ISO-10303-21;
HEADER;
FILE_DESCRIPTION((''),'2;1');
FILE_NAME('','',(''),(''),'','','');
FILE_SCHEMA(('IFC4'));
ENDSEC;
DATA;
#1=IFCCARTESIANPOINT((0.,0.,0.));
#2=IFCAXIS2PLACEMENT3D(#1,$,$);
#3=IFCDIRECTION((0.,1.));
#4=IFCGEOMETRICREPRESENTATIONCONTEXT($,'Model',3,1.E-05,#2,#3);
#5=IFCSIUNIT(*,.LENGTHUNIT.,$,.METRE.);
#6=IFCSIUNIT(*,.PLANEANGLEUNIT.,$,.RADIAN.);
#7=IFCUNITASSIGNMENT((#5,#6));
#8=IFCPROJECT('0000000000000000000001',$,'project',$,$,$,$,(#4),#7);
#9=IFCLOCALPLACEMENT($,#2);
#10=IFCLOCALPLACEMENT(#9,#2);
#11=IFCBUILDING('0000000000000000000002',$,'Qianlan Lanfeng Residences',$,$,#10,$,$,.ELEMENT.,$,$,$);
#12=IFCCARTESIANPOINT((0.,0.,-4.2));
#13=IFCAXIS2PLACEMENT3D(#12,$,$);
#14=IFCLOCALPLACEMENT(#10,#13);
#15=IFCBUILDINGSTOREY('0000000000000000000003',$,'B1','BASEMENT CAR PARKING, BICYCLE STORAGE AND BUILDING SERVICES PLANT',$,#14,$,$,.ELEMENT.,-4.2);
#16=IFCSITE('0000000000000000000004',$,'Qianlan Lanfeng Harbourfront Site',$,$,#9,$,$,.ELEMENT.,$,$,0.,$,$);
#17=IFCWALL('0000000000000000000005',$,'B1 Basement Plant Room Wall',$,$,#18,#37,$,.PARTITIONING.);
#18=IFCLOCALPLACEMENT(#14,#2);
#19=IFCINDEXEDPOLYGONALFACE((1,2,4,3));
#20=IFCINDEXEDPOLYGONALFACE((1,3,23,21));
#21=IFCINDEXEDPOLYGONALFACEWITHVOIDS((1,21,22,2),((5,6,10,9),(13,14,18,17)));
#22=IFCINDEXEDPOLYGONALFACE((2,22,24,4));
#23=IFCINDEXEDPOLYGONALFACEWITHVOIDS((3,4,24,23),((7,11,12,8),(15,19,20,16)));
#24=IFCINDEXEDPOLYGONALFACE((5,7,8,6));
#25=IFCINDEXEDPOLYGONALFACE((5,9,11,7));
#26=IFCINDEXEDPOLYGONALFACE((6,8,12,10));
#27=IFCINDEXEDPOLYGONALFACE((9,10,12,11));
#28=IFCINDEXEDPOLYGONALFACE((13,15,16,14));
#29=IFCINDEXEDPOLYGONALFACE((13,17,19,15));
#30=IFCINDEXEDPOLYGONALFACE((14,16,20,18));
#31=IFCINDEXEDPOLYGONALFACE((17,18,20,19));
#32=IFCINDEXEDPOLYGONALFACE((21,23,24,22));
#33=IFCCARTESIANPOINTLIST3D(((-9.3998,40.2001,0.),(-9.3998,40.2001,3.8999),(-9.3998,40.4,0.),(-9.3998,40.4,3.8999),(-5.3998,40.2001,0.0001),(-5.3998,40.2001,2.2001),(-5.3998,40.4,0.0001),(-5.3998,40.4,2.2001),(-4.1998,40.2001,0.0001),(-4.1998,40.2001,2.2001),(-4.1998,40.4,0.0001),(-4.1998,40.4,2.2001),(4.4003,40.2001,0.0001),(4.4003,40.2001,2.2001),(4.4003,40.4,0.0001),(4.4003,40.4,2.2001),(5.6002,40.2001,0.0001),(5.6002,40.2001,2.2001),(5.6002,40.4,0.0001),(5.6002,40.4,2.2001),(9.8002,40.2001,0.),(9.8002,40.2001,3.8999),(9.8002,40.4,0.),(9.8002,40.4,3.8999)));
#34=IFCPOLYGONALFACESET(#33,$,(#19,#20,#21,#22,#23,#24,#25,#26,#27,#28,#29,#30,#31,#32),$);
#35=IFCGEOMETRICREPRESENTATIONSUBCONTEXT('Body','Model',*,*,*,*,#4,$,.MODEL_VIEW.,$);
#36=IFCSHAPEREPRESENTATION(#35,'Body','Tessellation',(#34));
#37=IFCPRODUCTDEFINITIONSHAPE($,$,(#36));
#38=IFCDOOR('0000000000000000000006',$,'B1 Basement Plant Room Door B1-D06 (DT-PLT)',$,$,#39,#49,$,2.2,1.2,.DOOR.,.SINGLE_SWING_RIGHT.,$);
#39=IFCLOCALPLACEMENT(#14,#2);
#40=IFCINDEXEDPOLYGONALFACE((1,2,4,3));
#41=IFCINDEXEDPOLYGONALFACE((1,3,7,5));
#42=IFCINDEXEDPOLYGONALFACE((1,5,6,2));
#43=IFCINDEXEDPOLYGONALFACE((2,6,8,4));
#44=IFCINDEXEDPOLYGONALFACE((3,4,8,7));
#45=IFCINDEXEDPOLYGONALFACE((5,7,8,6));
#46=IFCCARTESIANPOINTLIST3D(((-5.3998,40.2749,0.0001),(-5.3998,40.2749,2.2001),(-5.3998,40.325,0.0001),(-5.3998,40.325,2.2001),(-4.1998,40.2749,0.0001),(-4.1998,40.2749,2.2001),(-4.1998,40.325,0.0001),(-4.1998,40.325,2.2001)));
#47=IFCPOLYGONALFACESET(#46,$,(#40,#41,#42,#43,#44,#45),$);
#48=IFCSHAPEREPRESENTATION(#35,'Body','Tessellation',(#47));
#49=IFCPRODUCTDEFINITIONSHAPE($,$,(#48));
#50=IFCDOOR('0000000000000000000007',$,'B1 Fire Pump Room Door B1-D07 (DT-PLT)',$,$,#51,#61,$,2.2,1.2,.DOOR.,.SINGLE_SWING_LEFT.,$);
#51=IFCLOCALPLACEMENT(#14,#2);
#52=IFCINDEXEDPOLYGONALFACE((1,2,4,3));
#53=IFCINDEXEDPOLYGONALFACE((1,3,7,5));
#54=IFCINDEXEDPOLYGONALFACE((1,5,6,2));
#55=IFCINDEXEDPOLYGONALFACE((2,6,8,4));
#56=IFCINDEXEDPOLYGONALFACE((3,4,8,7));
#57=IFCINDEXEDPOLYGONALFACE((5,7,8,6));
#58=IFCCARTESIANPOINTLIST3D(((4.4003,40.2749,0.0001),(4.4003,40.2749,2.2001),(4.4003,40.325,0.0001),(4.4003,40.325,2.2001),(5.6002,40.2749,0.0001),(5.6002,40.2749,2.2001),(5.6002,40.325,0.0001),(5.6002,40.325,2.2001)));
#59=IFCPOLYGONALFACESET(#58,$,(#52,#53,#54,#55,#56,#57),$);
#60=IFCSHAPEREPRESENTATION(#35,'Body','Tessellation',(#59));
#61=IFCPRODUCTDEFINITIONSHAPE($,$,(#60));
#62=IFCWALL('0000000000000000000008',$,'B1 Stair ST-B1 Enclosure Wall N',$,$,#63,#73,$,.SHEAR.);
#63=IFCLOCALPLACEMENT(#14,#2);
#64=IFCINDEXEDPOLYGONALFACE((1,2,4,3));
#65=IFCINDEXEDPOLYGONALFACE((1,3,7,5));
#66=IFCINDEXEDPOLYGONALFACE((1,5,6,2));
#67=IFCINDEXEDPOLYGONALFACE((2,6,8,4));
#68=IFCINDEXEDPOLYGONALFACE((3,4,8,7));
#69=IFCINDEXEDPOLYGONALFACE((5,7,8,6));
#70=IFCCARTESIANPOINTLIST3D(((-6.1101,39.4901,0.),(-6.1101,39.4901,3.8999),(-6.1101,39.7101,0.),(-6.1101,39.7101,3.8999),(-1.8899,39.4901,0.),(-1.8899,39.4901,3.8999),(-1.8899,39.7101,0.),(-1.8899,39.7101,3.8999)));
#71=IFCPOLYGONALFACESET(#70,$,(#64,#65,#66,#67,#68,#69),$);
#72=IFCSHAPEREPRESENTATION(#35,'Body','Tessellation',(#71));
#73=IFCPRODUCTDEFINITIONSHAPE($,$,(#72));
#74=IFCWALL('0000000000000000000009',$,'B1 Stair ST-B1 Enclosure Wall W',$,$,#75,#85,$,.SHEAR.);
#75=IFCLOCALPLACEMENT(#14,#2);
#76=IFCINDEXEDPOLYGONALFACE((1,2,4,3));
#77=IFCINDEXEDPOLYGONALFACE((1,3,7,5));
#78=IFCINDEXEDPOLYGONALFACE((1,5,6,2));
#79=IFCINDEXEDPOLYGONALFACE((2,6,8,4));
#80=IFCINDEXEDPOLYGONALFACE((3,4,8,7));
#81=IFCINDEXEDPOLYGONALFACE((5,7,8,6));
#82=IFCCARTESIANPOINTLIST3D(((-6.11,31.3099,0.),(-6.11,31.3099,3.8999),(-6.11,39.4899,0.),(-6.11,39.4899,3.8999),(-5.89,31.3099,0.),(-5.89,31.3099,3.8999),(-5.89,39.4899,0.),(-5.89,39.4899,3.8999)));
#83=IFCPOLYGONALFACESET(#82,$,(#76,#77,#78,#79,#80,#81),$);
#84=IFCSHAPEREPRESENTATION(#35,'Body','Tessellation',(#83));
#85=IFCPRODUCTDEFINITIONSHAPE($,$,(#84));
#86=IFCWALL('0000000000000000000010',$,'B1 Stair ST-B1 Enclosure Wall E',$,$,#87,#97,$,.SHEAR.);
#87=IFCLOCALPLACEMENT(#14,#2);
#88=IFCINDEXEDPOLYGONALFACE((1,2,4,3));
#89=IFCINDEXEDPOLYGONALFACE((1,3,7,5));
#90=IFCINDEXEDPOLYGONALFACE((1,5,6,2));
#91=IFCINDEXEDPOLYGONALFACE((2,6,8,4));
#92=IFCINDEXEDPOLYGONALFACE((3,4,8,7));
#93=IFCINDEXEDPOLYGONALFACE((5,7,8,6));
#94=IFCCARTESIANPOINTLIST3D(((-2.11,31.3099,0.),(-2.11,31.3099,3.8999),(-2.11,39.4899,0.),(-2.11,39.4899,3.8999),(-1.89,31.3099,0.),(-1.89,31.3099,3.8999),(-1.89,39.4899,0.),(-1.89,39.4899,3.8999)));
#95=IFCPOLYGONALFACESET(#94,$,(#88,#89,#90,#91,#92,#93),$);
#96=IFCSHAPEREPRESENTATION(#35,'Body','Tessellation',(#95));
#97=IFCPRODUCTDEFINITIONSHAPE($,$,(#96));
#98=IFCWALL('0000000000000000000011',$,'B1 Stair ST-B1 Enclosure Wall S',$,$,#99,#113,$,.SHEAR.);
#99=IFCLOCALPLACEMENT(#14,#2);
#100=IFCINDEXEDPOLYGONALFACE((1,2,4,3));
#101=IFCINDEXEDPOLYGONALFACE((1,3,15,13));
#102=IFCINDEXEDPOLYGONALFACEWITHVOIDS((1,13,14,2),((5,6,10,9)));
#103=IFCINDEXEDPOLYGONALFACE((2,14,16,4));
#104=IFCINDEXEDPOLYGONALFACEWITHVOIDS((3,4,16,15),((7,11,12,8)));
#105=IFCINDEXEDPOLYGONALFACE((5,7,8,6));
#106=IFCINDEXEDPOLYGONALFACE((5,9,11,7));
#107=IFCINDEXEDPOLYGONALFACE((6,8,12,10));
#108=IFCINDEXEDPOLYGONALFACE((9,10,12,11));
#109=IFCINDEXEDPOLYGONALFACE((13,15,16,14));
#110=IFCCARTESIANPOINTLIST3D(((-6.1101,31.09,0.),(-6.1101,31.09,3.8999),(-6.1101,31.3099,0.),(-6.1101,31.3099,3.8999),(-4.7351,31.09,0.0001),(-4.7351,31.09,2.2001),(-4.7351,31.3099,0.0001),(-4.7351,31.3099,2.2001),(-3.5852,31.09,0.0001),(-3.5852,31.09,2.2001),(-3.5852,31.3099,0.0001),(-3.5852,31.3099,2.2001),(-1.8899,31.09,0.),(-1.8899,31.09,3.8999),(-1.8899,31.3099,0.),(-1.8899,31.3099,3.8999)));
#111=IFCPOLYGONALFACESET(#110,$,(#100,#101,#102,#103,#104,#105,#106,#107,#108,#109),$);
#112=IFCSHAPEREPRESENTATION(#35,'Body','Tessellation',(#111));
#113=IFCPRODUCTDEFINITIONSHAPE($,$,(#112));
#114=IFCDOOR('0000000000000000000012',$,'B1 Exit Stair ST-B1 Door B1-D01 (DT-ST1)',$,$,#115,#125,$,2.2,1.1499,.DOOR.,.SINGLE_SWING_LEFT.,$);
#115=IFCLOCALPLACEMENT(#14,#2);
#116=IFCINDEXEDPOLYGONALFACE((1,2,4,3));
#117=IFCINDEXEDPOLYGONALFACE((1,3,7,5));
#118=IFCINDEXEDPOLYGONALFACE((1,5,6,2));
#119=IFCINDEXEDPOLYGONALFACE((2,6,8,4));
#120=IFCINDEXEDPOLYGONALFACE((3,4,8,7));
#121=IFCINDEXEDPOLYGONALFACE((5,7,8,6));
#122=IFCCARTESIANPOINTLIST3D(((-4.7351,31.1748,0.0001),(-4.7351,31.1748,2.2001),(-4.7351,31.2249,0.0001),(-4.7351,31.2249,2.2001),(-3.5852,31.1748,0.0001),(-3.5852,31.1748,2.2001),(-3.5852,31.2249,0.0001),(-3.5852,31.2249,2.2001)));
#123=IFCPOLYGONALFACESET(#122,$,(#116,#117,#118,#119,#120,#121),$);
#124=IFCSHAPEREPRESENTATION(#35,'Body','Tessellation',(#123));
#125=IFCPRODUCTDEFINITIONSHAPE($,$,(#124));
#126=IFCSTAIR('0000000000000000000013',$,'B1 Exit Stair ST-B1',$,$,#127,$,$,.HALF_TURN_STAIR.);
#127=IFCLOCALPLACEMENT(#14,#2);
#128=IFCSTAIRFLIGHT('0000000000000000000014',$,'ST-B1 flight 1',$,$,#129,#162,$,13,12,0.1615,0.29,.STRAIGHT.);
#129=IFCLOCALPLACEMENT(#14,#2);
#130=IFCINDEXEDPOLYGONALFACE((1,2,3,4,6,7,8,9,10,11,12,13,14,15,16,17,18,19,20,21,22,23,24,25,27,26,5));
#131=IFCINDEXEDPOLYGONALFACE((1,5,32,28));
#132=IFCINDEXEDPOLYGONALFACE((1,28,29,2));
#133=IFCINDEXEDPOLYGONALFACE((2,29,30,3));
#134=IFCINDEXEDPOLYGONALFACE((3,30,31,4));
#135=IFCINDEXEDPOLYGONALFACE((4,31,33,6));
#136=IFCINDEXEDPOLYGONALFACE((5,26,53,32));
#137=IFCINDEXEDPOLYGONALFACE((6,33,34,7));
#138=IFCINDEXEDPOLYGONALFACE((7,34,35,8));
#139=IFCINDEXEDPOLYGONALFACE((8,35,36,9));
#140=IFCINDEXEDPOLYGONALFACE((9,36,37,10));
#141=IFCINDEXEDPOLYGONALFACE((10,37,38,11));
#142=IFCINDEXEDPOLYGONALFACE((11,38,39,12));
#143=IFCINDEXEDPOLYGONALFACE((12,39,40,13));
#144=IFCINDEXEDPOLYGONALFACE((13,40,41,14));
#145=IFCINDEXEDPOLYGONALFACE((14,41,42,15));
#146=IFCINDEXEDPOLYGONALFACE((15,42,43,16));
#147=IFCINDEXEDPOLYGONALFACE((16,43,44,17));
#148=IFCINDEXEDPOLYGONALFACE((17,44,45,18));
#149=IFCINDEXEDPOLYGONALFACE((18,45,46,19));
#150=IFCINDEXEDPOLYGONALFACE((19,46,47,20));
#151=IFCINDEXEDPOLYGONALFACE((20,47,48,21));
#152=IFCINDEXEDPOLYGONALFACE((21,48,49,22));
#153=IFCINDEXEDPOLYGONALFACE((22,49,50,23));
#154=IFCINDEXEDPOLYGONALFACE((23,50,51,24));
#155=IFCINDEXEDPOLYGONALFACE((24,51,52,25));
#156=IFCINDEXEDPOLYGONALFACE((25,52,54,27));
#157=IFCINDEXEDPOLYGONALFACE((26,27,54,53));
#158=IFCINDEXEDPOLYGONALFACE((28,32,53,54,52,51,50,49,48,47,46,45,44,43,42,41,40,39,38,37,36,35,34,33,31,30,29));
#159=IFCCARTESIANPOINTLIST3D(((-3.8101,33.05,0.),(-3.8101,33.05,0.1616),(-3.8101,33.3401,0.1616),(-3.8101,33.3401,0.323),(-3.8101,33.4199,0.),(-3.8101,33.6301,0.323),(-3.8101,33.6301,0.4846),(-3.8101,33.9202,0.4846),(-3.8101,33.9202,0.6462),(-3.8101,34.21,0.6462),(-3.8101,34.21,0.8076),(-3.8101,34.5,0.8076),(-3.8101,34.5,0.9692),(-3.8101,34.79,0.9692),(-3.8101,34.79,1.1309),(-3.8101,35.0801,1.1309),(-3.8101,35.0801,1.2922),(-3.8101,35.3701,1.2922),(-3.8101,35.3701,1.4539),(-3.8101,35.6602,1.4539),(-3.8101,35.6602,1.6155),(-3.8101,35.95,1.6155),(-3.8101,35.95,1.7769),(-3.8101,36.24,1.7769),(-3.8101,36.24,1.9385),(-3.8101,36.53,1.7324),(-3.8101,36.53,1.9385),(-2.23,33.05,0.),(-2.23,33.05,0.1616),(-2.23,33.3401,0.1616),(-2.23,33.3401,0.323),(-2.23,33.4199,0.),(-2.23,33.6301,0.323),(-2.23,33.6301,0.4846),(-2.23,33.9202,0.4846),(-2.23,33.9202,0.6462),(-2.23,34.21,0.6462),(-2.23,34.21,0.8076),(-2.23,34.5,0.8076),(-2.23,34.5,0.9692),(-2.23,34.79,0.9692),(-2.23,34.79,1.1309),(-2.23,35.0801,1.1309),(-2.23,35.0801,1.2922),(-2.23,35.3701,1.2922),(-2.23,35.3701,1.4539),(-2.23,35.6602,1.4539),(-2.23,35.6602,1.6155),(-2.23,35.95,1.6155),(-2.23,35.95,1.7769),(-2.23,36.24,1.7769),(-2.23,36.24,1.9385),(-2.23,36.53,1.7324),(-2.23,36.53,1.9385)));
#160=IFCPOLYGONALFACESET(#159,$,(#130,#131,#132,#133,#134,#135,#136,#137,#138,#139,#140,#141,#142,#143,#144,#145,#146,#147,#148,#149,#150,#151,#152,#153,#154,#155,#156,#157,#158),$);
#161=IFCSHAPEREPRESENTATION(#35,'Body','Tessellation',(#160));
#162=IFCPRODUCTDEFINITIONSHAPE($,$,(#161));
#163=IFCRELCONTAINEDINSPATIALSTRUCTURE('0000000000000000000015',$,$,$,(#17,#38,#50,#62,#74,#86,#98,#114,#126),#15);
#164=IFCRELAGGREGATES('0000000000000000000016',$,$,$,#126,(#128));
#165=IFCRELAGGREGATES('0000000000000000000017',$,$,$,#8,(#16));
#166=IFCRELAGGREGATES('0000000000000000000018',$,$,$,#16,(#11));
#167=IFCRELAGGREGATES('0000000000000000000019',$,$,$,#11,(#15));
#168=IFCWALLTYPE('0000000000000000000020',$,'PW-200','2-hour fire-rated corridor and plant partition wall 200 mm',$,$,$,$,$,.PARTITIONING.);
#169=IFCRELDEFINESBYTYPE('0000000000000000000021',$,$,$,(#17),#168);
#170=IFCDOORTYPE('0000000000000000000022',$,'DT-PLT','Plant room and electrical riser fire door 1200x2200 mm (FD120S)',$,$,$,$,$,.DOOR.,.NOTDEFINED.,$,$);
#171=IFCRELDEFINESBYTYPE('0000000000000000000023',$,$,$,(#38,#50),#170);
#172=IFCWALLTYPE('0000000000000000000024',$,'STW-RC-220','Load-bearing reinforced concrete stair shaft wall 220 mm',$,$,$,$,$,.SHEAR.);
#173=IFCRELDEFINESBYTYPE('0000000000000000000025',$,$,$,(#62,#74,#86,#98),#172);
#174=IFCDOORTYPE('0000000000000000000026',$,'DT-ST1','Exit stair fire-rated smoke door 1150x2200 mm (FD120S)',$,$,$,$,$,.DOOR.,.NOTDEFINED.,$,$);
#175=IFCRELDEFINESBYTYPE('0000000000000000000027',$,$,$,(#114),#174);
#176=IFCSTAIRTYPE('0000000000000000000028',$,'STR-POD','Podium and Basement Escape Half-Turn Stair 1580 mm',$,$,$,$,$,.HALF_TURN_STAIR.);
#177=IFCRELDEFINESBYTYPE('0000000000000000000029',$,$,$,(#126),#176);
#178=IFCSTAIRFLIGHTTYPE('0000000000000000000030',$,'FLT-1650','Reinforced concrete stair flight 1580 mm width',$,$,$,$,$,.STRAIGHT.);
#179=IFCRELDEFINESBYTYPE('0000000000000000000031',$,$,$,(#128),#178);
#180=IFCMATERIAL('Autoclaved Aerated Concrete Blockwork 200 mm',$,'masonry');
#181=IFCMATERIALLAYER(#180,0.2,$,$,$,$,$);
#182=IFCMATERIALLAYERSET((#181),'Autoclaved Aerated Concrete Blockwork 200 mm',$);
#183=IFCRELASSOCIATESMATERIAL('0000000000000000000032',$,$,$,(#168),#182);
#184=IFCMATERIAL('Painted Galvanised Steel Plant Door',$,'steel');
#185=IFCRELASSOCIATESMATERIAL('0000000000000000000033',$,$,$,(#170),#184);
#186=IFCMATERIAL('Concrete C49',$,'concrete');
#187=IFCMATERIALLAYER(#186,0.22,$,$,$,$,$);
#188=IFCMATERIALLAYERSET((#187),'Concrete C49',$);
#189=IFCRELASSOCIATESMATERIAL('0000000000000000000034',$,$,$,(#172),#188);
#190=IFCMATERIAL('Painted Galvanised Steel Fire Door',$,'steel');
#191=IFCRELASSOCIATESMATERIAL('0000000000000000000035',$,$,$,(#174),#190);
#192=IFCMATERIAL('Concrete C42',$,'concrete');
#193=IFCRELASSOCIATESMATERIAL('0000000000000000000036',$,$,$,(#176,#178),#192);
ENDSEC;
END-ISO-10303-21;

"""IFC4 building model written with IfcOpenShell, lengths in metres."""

from ifc_helpers import new_model, si_unit, direction, frame, frame_2d, origin, place, context, subcontext, project, spatial, polyline, rectangle, outline, extrude, material, layer, layer_set, type_object, element, fill, aggregate, save


model = new_model("IFC4")

# Units and contexts
model_context = context("Model", 3, precision=1e-05, world=origin(), true_north=direction((0.0, 1.0)))
body_context = subcontext(model_context, "Body", "Model", "MODEL_VIEW")
ifc_project = project(units=[si_unit("LENGTHUNIT", "METRE"), si_unit("PLANEANGLEUNIT", "RADIAN")], contexts=[model_context])

# Site, building, storey
site_placement = place(None, origin())
site = spatial("IfcSite", under=ifc_project, at=site_placement, Name="Qianlan Lanfeng Harbourfront Site", CompositionType="ELEMENT", RefElevation=0.0)
building_placement = place(site_placement, origin())
building = spatial("IfcBuilding", under=site, at=building_placement, Name="Qianlan Lanfeng Residences", CompositionType="ELEMENT")
storey_placement = place(building_placement, frame((0.0, 0.0, -4.2)))
storey = spatial("IfcBuildingStorey", under=building, at=storey_placement, Name="B1", Description="BASEMENT CAR PARKING, BICYCLE STORAGE AND BUILDING SERVICES PLANT", CompositionType="ELEMENT", Elevation=-4.2)

# Shared definitions
ifc_material_1 = material(Name="Concrete C49", Category="concrete")

# Wall, openings, doors
ifc_material_2 = material(Name="Autoclaved Aerated Concrete Blockwork 200 mm", Category="masonry")
ifc_layer_1 = layer(ifc_material_2, 0.2)
ifc_layer_set_1 = layer_set([ifc_layer_1], Name="Autoclaved Aerated Concrete Blockwork 200 mm")
wall_type_1 = type_object("IfcWallType", Name="PW-200", Description="2-hour fire-rated corridor and plant partition wall 200 mm", PredefinedType="PARTITIONING", material=ifc_layer_set_1)
wall_1_placement = place(storey_placement, frame((-9.3999, 40.3, 0.0), z_axis=(0.0, 0.0, 1.0), x_axis=(1.0, 0.0, 0.0)))
wall_1 = element("IfcWall", 1, at=wall_1_placement, inside=storey, type_object=wall_type_1, Name="B1 Basement Plant Room Wall", PredefinedType="PARTITIONING", context=body_context, shape_type="SweptSolid", body=[
    extrude(rectangle(XDim=19.2, YDim=0.2, at=frame_2d((9.6001, 0.0))), origin(), (0.0, 0.0, 1.0), 3.8999),
])
opening_1_placement = place(wall_1_placement, frame((4.0, 0.0, 0.0)))
opening_1 = element("IfcOpeningElement", 2, at=opening_1_placement, cuts=wall_1, PredefinedType="OPENING", context=body_context, shape_type="SweptSolid", body=[
    extrude(rectangle(XDim=1.2, YDim=2.2, at=frame_2d((0.6001, 1.1001))), frame((0.0, 0.1099, 0.0), z_axis=(0.0, -1.0, 0.0), x_axis=(1.0, 0.0, 0.0)), (0.0, 0.0, 1.0), 0.22),
])
opening_2_placement = place(wall_1_placement, frame((13.8, 0.0, 0.0)))
opening_2 = element("IfcOpeningElement", 3, at=opening_2_placement, cuts=wall_1, PredefinedType="OPENING", context=body_context, shape_type="SweptSolid", body=[
    extrude(rectangle(XDim=1.2, YDim=2.2, at=frame_2d((0.6001, 1.1001))), frame((0.0, 0.1099, 0.0), z_axis=(0.0, -1.0, 0.0), x_axis=(1.0, 0.0, 0.0)), (0.0, 0.0, 1.0), 0.22),
])
ifc_material_3 = material(Name="Painted Galvanised Steel Plant Door", Category="steel")
door_type_1 = type_object("IfcDoorType", Name="DT-PLT", Description="Plant room and electrical riser fire door 1200x2200 mm (FD120S)", OperationType="NOTDEFINED", PredefinedType="DOOR", material=ifc_material_3)
door_1_placement = place(opening_1_placement, origin())
door_1 = element("IfcDoor", 4, at=door_1_placement, inside=storey, type_object=door_type_1, Name="B1 Basement Plant Room Door B1-D06 (DT-PLT)", OperationType="SINGLE_SWING_RIGHT", OverallHeight=2.2, OverallWidth=1.2, PredefinedType="DOOR", context=body_context, shape_type="SweptSolid", body=[
    extrude(rectangle(XDim=1.2, YDim=2.2, at=frame_2d((0.6001, 1.1001))), frame((0.0, 0.0249, 0.0), z_axis=(0.0, -1.0, 0.0), x_axis=(1.0, 0.0, 0.0)), (0.0, 0.0, 1.0), 0.05),
])
fill(opening_1, door_1)
door_2_placement = place(opening_2_placement, origin())
door_2 = element("IfcDoor", 5, at=door_2_placement, inside=storey, type_object=door_type_1, Name="B1 Fire Pump Room Door B1-D07 (DT-PLT)", OperationType="SINGLE_SWING_LEFT", OverallHeight=2.2, OverallWidth=1.2, PredefinedType="DOOR", context=body_context, shape_type="SweptSolid", body=[
    extrude(rectangle(XDim=1.2, YDim=2.2, at=frame_2d((0.6001, 1.1001))), frame((0.0, 0.0249, 0.0), z_axis=(0.0, -1.0, 0.0), x_axis=(1.0, 0.0, 0.0)), (0.0, 0.0, 1.0), 0.05),
])
fill(opening_2, door_2)

# Walls
ifc_layer_2 = layer(ifc_material_1, 0.22)
ifc_layer_set_2 = layer_set([ifc_layer_2], Name="Concrete C49")
wall_type_2 = type_object("IfcWallType", Name="STW-RC-220", Description="Load-bearing reinforced concrete stair shaft wall 220 mm", PredefinedType="SHEAR", material=ifc_layer_set_2)
wall_2_placement = place(storey_placement, frame((-6.1101, 39.6001, 0.0), z_axis=(0.0, 0.0, 1.0), x_axis=(1.0, 0.0, 0.0)))
element("IfcWall", 6, at=wall_2_placement, inside=storey, type_object=wall_type_2, Name="B1 Stair ST-B1 Enclosure Wall N", PredefinedType="SHEAR", context=body_context, shape_type="SweptSolid", body=[
    extrude(rectangle(XDim=4.2202, YDim=0.22, at=frame_2d((2.1101, 0.0))), origin(), (0.0, 0.0, 1.0), 3.8999),
])
for number, where, z_axis, x_axis, name in (
    (7, (-6.0, 31.3101, 0.0), (0.0, 0.0, 1.0), (0.0, 1.0, 0.0), "B1 Stair ST-B1 Enclosure Wall W"),
    (8, (-2.0, 31.3101, 0.0), (0.0, 0.0, 1.0), (0.0, 1.0, 0.0), "B1 Stair ST-B1 Enclosure Wall E"),
):
    element("IfcWall", number, at=place(storey_placement, frame(where, z_axis=z_axis, x_axis=x_axis)), inside=storey, type_object=wall_type_2, Name=name, PredefinedType="SHEAR", context=body_context, shape_type="SweptSolid", body=[
        extrude(rectangle(XDim=8.1799, YDim=0.22, at=frame_2d((4.0898, 0.0))), origin(), (0.0, 0.0, 1.0), 3.8999),
    ])

# Wall, opening, door
wall_3_placement = place(storey_placement, frame((-6.1101, 31.2, 0.0), z_axis=(0.0, 0.0, 1.0), x_axis=(1.0, 0.0, 0.0)))
wall_3 = element("IfcWall", 9, at=wall_3_placement, inside=storey, type_object=wall_type_2, Name="B1 Stair ST-B1 Enclosure Wall S", PredefinedType="SHEAR", context=body_context, shape_type="SweptSolid", body=[
    extrude(rectangle(XDim=4.2202, YDim=0.22, at=frame_2d((2.1101, 0.0))), origin(), (0.0, 0.0, 1.0), 3.8999),
])
opening_3_placement = place(wall_3_placement, frame((1.375, 0.0, 0.0)))
opening_3 = element("IfcOpeningElement", 10, at=opening_3_placement, cuts=wall_3, PredefinedType="OPENING", context=body_context, shape_type="SweptSolid", body=[
    extrude(rectangle(XDim=1.1499, YDim=2.2, at=frame_2d((0.575, 1.1001))), frame((0.0, 0.1201, 0.0), z_axis=(0.0, -1.0, 0.0), x_axis=(1.0, 0.0, 0.0)), (0.0, 0.0, 1.0), 0.24),
])
ifc_material_4 = material(Name="Painted Galvanised Steel Fire Door", Category="steel")
door_type_2 = type_object("IfcDoorType", Name="DT-ST1", Description="Exit stair fire-rated smoke door 1150x2200 mm (FD120S)", OperationType="NOTDEFINED", PredefinedType="DOOR", material=ifc_material_4)
door_3_placement = place(opening_3_placement, origin())
door_3 = element("IfcDoor", 11, at=door_3_placement, inside=storey, type_object=door_type_2, Name="B1 Exit Stair ST-B1 Door B1-D01 (DT-ST1)", OperationType="SINGLE_SWING_LEFT", OverallHeight=2.2, OverallWidth=1.1499, PredefinedType="DOOR", context=body_context, shape_type="SweptSolid", body=[
    extrude(rectangle(XDim=1.1499, YDim=2.2, at=frame_2d((0.575, 1.1001))), frame((0.0, 0.0249, 0.0), z_axis=(0.0, -1.0, 0.0), x_axis=(1.0, 0.0, 0.0)), (0.0, 0.0, 1.0), 0.05),
])
fill(opening_3, door_3)

# Stair, stair flight
ifc_material_5 = material(Name="Concrete C42", Category="concrete")
stair_type = type_object("IfcStairType", Name="STR-POD", Description="Podium and Basement Escape Half-Turn Stair 1580 mm", PredefinedType="HALF_TURN_STAIR", material=ifc_material_5)
stair_placement = place(storey_placement, origin())
stair = element("IfcStair", 12, at=stair_placement, inside=storey, type_object=stair_type, Name="B1 Exit Stair ST-B1", PredefinedType="HALF_TURN_STAIR")
stair_flight_type = type_object("IfcStairFlightType", Name="FLT-1650", Description="Reinforced concrete stair flight 1580 mm width", PredefinedType="STRAIGHT", material=ifc_material_5)
stair_flight_1_placement = place(storey_placement, frame((-3.02, 33.05, 0.0), z_axis=(0.0, 0.0, 1.0), x_axis=(0.0, 1.0, 0.0)))
stair_flight_1 = element("IfcStairFlight", 13, at=stair_flight_1_placement, type_object=stair_flight_type, Name="ST-B1 flight 1", NumberOfRisers=13, NumberOfTreads=12, PredefinedType="STRAIGHT", RiserHeight=0.1615, TreadLength=0.29, context=body_context, shape_type="SweptSolid", body=[
    extrude(outline(polyline([(0.0, 0.0), (0.0, 0.1616), (0.29, 0.1616), (0.29, 0.323), (0.5801, 0.323), (0.5801, 0.4846), (0.8701, 0.4846), (0.8701, 0.6462), (1.1599, 0.6462), (1.1599, 0.8076), (1.45, 0.8076), (1.45, 0.9692), (1.74, 0.9692), (1.74, 1.1309), (2.03, 1.1309), (2.03, 1.2922), (2.3201, 1.2922), (2.3201, 1.4539), (2.6101, 1.4539), (2.6101, 1.6155), (2.8999, 1.6155), (2.8999, 1.7769), (3.1899, 1.7769), (3.1899, 1.9385), (3.48, 1.9385), (3.48, 2.1001), (3.48, 1.7324), (0.3699, 0.0), (0.0, 0.0)])), frame((0.0, 0.79, 0.0), z_axis=(0.0, -1.0, 0.0), x_axis=(1.0, 0.0, 0.0)), (0.0, 0.0, 1.0), 1.5801),
])
aggregate(stair, [stair_flight_1])

save(model, "model.ifc")
